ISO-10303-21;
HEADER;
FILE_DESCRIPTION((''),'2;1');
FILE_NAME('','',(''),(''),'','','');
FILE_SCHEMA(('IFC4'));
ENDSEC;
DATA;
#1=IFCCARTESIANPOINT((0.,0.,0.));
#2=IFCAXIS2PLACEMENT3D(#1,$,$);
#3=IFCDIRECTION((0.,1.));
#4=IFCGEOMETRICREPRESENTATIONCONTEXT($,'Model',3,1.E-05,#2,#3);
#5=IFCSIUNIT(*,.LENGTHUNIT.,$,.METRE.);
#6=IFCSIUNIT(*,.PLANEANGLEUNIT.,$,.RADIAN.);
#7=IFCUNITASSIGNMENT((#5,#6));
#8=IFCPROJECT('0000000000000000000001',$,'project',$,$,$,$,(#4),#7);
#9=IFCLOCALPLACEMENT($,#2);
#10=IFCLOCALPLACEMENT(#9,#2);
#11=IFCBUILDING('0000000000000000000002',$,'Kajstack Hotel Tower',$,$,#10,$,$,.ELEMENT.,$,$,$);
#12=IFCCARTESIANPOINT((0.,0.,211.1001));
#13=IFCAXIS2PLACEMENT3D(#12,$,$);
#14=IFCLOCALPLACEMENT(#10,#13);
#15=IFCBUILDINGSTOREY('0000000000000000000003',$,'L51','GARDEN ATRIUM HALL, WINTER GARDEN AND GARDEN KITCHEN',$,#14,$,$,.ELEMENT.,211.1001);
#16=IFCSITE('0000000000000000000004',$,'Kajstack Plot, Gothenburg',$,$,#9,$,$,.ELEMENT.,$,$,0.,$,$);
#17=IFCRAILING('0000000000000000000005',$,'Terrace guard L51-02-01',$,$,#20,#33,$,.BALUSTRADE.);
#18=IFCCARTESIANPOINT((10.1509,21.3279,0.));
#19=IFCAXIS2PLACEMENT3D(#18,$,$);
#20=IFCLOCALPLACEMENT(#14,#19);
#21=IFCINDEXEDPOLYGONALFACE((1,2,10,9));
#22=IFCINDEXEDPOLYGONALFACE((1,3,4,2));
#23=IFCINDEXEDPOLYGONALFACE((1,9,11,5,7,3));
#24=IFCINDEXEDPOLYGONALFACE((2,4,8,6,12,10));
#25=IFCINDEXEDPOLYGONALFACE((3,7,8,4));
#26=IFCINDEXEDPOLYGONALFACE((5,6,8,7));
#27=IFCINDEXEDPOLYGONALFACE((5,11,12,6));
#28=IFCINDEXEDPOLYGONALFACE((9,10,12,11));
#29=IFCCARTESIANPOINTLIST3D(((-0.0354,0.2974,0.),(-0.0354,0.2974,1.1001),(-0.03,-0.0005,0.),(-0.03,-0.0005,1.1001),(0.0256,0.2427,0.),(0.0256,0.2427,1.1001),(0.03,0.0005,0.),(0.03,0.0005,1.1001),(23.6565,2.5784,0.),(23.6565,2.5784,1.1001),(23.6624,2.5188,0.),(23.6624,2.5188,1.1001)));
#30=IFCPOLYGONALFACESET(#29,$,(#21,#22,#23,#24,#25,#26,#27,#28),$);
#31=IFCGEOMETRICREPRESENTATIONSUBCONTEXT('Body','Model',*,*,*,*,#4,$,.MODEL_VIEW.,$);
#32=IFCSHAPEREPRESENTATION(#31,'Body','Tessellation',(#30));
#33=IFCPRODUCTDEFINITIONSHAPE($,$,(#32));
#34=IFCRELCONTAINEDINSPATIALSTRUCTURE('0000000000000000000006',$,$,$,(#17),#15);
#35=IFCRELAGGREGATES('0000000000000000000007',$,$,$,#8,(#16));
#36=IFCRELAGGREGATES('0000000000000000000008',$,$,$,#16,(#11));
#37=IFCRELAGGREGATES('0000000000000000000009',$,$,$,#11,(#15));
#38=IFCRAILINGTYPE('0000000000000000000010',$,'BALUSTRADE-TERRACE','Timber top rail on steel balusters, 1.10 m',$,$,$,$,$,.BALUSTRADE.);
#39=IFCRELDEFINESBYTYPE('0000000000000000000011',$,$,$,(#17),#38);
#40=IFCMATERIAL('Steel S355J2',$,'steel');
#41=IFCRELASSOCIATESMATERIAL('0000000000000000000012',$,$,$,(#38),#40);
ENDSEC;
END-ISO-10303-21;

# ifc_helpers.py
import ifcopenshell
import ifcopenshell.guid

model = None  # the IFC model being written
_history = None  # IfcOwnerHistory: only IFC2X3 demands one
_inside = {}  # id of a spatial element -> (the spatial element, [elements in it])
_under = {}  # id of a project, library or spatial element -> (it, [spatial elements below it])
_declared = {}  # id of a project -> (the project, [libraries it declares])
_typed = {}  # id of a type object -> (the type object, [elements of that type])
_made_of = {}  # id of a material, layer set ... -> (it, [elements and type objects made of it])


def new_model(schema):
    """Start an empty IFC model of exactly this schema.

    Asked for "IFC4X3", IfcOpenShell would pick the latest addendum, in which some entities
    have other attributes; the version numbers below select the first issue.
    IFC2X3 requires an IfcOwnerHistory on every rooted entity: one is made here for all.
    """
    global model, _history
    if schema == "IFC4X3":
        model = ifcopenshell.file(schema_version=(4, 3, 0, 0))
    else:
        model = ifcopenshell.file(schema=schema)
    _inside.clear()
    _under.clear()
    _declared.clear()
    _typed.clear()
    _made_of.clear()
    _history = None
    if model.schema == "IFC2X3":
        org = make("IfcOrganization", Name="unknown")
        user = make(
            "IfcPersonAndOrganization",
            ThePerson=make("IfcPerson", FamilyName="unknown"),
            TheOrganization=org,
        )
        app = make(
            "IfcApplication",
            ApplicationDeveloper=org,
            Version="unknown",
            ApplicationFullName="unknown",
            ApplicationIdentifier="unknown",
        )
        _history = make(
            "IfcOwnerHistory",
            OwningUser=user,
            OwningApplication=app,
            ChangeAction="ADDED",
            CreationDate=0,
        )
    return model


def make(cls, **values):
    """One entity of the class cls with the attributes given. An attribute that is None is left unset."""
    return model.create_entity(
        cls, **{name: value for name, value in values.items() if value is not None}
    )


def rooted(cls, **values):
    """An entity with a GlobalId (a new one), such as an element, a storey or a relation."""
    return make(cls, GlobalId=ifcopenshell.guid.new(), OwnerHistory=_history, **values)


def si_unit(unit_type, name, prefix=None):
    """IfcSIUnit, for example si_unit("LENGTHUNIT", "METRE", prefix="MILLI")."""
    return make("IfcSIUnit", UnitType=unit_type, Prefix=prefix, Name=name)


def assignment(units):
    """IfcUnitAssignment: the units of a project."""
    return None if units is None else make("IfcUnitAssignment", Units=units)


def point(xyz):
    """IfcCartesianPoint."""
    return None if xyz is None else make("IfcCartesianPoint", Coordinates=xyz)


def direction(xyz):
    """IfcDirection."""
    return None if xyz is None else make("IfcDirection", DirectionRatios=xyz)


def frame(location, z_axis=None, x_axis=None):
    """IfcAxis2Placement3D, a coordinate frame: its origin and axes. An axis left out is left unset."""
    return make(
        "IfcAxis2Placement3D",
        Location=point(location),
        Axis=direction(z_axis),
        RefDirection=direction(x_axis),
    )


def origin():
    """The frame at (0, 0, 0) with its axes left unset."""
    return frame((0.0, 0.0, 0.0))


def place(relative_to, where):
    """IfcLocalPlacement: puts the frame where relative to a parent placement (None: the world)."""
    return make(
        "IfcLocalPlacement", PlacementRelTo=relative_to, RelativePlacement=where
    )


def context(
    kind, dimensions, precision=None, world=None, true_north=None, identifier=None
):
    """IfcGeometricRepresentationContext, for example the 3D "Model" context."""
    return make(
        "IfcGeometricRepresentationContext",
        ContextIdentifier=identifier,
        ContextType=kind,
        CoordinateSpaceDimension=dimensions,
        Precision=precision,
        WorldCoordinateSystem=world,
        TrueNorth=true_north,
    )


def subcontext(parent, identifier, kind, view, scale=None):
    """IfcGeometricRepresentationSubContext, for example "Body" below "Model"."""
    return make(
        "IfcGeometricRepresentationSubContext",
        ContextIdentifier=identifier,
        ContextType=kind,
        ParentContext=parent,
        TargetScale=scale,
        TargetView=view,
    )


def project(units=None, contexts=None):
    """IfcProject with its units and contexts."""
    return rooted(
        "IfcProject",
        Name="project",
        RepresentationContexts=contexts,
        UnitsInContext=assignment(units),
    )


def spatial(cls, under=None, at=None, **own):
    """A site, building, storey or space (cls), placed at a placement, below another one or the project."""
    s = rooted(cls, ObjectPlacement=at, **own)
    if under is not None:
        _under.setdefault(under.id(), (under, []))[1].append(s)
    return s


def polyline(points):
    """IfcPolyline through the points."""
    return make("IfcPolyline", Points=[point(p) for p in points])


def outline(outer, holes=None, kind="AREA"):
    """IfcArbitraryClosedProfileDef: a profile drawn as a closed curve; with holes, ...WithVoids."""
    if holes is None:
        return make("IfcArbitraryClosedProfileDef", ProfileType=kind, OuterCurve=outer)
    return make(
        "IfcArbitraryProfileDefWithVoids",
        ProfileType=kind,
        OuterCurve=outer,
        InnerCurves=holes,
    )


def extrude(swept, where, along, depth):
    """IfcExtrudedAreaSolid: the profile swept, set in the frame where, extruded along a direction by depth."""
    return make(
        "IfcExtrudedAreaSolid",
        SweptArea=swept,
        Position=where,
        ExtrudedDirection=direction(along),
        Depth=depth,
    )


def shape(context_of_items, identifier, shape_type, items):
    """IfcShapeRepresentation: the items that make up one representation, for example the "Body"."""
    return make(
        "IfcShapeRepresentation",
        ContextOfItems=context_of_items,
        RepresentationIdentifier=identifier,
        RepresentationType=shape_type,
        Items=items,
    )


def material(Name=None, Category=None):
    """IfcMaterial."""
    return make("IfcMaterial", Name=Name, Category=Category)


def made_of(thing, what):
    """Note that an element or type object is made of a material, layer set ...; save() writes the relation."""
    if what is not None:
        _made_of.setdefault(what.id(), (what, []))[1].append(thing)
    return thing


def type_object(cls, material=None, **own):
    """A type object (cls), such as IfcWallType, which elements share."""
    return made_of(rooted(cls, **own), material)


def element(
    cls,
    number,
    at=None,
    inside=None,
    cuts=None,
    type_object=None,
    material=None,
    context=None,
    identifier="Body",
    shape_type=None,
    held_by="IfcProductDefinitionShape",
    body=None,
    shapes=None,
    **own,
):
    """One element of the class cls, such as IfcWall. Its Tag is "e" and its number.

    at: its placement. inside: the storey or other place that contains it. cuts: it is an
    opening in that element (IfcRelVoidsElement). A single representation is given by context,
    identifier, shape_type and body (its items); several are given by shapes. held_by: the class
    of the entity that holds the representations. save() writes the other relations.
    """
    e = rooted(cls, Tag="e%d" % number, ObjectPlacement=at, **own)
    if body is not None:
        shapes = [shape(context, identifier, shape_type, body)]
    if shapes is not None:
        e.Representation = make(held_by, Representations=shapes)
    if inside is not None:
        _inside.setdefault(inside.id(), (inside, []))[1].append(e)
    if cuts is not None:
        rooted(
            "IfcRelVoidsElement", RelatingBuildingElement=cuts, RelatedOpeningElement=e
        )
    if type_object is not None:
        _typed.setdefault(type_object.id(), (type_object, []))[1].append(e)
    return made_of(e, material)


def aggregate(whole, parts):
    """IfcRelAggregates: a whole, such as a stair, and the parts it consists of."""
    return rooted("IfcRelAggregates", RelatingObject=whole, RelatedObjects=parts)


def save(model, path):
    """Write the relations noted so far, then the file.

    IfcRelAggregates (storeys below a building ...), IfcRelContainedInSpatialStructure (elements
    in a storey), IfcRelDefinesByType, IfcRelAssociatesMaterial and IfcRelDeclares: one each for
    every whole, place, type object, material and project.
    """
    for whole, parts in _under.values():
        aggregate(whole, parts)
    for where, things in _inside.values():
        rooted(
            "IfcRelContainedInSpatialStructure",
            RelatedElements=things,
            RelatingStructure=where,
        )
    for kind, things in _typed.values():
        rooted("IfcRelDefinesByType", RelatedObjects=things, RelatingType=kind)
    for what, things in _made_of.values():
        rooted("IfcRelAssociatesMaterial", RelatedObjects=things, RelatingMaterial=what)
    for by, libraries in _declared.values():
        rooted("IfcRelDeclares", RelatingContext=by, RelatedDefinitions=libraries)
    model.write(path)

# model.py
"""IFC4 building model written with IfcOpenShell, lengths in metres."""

from ifc_helpers import new_model, si_unit, direction, frame, origin, place, context, subcontext, project, spatial, polyline, outline, extrude, material, type_object, element, save


model = new_model("IFC4")

# Units and contexts
model_context = context("Model", 3, precision=1e-05, world=origin(), true_north=direction((0.0, 1.0)))
body_context = subcontext(model_context, "Body", "Model", "MODEL_VIEW")
ifc_project = project(units=[si_unit("LENGTHUNIT", "METRE"), si_unit("PLANEANGLEUNIT", "RADIAN")], contexts=[model_context])

# Site, building, storey
site_placement = place(None, origin())
site = spatial("IfcSite", under=ifc_project, at=site_placement, Name="Kajstack Plot, Gothenburg", CompositionType="ELEMENT", RefElevation=0.0)
building_placement = place(site_placement, origin())
building = spatial("IfcBuilding", under=site, at=building_placement, Name="Kajstack Hotel Tower", CompositionType="ELEMENT")
storey_placement = place(building_placement, frame((0.0, 0.0, 211.1001)))
storey = spatial("IfcBuildingStorey", under=building, at=storey_placement, Name="L51", Description="GARDEN ATRIUM HALL, WINTER GARDEN AND GARDEN KITCHEN", CompositionType="ELEMENT", Elevation=211.1001)

# Railing
ifc_material_1 = material(Name="Steel S355J2", Category="steel")
railing_type = type_object("IfcRailingType", Name="BALUSTRADE-TERRACE", Description="Timber top rail on steel balusters, 1.10 m", PredefinedType="BALUSTRADE", material=ifc_material_1)
railing_placement = place(storey_placement, frame((10.1509, 21.3279, 0.0)))
element("IfcRailing", 1, at=railing_placement, inside=storey, type_object=railing_type, Name="Terrace guard L51-02-01", PredefinedType="BALUSTRADE", context=body_context, shape_type="SweptSolid", body=[
    extrude(outline(polyline([(-0.0354, 0.2974), (23.6565, 2.5784), (23.6624, 2.5188), (0.0256, 0.2427), (0.03, 0.0005), (-0.03, -0.0005), (-0.0354, 0.2974)])), origin(), (0.0, 0.0, 1.0), 1.1001),
])

save(model, "model.ifc")
